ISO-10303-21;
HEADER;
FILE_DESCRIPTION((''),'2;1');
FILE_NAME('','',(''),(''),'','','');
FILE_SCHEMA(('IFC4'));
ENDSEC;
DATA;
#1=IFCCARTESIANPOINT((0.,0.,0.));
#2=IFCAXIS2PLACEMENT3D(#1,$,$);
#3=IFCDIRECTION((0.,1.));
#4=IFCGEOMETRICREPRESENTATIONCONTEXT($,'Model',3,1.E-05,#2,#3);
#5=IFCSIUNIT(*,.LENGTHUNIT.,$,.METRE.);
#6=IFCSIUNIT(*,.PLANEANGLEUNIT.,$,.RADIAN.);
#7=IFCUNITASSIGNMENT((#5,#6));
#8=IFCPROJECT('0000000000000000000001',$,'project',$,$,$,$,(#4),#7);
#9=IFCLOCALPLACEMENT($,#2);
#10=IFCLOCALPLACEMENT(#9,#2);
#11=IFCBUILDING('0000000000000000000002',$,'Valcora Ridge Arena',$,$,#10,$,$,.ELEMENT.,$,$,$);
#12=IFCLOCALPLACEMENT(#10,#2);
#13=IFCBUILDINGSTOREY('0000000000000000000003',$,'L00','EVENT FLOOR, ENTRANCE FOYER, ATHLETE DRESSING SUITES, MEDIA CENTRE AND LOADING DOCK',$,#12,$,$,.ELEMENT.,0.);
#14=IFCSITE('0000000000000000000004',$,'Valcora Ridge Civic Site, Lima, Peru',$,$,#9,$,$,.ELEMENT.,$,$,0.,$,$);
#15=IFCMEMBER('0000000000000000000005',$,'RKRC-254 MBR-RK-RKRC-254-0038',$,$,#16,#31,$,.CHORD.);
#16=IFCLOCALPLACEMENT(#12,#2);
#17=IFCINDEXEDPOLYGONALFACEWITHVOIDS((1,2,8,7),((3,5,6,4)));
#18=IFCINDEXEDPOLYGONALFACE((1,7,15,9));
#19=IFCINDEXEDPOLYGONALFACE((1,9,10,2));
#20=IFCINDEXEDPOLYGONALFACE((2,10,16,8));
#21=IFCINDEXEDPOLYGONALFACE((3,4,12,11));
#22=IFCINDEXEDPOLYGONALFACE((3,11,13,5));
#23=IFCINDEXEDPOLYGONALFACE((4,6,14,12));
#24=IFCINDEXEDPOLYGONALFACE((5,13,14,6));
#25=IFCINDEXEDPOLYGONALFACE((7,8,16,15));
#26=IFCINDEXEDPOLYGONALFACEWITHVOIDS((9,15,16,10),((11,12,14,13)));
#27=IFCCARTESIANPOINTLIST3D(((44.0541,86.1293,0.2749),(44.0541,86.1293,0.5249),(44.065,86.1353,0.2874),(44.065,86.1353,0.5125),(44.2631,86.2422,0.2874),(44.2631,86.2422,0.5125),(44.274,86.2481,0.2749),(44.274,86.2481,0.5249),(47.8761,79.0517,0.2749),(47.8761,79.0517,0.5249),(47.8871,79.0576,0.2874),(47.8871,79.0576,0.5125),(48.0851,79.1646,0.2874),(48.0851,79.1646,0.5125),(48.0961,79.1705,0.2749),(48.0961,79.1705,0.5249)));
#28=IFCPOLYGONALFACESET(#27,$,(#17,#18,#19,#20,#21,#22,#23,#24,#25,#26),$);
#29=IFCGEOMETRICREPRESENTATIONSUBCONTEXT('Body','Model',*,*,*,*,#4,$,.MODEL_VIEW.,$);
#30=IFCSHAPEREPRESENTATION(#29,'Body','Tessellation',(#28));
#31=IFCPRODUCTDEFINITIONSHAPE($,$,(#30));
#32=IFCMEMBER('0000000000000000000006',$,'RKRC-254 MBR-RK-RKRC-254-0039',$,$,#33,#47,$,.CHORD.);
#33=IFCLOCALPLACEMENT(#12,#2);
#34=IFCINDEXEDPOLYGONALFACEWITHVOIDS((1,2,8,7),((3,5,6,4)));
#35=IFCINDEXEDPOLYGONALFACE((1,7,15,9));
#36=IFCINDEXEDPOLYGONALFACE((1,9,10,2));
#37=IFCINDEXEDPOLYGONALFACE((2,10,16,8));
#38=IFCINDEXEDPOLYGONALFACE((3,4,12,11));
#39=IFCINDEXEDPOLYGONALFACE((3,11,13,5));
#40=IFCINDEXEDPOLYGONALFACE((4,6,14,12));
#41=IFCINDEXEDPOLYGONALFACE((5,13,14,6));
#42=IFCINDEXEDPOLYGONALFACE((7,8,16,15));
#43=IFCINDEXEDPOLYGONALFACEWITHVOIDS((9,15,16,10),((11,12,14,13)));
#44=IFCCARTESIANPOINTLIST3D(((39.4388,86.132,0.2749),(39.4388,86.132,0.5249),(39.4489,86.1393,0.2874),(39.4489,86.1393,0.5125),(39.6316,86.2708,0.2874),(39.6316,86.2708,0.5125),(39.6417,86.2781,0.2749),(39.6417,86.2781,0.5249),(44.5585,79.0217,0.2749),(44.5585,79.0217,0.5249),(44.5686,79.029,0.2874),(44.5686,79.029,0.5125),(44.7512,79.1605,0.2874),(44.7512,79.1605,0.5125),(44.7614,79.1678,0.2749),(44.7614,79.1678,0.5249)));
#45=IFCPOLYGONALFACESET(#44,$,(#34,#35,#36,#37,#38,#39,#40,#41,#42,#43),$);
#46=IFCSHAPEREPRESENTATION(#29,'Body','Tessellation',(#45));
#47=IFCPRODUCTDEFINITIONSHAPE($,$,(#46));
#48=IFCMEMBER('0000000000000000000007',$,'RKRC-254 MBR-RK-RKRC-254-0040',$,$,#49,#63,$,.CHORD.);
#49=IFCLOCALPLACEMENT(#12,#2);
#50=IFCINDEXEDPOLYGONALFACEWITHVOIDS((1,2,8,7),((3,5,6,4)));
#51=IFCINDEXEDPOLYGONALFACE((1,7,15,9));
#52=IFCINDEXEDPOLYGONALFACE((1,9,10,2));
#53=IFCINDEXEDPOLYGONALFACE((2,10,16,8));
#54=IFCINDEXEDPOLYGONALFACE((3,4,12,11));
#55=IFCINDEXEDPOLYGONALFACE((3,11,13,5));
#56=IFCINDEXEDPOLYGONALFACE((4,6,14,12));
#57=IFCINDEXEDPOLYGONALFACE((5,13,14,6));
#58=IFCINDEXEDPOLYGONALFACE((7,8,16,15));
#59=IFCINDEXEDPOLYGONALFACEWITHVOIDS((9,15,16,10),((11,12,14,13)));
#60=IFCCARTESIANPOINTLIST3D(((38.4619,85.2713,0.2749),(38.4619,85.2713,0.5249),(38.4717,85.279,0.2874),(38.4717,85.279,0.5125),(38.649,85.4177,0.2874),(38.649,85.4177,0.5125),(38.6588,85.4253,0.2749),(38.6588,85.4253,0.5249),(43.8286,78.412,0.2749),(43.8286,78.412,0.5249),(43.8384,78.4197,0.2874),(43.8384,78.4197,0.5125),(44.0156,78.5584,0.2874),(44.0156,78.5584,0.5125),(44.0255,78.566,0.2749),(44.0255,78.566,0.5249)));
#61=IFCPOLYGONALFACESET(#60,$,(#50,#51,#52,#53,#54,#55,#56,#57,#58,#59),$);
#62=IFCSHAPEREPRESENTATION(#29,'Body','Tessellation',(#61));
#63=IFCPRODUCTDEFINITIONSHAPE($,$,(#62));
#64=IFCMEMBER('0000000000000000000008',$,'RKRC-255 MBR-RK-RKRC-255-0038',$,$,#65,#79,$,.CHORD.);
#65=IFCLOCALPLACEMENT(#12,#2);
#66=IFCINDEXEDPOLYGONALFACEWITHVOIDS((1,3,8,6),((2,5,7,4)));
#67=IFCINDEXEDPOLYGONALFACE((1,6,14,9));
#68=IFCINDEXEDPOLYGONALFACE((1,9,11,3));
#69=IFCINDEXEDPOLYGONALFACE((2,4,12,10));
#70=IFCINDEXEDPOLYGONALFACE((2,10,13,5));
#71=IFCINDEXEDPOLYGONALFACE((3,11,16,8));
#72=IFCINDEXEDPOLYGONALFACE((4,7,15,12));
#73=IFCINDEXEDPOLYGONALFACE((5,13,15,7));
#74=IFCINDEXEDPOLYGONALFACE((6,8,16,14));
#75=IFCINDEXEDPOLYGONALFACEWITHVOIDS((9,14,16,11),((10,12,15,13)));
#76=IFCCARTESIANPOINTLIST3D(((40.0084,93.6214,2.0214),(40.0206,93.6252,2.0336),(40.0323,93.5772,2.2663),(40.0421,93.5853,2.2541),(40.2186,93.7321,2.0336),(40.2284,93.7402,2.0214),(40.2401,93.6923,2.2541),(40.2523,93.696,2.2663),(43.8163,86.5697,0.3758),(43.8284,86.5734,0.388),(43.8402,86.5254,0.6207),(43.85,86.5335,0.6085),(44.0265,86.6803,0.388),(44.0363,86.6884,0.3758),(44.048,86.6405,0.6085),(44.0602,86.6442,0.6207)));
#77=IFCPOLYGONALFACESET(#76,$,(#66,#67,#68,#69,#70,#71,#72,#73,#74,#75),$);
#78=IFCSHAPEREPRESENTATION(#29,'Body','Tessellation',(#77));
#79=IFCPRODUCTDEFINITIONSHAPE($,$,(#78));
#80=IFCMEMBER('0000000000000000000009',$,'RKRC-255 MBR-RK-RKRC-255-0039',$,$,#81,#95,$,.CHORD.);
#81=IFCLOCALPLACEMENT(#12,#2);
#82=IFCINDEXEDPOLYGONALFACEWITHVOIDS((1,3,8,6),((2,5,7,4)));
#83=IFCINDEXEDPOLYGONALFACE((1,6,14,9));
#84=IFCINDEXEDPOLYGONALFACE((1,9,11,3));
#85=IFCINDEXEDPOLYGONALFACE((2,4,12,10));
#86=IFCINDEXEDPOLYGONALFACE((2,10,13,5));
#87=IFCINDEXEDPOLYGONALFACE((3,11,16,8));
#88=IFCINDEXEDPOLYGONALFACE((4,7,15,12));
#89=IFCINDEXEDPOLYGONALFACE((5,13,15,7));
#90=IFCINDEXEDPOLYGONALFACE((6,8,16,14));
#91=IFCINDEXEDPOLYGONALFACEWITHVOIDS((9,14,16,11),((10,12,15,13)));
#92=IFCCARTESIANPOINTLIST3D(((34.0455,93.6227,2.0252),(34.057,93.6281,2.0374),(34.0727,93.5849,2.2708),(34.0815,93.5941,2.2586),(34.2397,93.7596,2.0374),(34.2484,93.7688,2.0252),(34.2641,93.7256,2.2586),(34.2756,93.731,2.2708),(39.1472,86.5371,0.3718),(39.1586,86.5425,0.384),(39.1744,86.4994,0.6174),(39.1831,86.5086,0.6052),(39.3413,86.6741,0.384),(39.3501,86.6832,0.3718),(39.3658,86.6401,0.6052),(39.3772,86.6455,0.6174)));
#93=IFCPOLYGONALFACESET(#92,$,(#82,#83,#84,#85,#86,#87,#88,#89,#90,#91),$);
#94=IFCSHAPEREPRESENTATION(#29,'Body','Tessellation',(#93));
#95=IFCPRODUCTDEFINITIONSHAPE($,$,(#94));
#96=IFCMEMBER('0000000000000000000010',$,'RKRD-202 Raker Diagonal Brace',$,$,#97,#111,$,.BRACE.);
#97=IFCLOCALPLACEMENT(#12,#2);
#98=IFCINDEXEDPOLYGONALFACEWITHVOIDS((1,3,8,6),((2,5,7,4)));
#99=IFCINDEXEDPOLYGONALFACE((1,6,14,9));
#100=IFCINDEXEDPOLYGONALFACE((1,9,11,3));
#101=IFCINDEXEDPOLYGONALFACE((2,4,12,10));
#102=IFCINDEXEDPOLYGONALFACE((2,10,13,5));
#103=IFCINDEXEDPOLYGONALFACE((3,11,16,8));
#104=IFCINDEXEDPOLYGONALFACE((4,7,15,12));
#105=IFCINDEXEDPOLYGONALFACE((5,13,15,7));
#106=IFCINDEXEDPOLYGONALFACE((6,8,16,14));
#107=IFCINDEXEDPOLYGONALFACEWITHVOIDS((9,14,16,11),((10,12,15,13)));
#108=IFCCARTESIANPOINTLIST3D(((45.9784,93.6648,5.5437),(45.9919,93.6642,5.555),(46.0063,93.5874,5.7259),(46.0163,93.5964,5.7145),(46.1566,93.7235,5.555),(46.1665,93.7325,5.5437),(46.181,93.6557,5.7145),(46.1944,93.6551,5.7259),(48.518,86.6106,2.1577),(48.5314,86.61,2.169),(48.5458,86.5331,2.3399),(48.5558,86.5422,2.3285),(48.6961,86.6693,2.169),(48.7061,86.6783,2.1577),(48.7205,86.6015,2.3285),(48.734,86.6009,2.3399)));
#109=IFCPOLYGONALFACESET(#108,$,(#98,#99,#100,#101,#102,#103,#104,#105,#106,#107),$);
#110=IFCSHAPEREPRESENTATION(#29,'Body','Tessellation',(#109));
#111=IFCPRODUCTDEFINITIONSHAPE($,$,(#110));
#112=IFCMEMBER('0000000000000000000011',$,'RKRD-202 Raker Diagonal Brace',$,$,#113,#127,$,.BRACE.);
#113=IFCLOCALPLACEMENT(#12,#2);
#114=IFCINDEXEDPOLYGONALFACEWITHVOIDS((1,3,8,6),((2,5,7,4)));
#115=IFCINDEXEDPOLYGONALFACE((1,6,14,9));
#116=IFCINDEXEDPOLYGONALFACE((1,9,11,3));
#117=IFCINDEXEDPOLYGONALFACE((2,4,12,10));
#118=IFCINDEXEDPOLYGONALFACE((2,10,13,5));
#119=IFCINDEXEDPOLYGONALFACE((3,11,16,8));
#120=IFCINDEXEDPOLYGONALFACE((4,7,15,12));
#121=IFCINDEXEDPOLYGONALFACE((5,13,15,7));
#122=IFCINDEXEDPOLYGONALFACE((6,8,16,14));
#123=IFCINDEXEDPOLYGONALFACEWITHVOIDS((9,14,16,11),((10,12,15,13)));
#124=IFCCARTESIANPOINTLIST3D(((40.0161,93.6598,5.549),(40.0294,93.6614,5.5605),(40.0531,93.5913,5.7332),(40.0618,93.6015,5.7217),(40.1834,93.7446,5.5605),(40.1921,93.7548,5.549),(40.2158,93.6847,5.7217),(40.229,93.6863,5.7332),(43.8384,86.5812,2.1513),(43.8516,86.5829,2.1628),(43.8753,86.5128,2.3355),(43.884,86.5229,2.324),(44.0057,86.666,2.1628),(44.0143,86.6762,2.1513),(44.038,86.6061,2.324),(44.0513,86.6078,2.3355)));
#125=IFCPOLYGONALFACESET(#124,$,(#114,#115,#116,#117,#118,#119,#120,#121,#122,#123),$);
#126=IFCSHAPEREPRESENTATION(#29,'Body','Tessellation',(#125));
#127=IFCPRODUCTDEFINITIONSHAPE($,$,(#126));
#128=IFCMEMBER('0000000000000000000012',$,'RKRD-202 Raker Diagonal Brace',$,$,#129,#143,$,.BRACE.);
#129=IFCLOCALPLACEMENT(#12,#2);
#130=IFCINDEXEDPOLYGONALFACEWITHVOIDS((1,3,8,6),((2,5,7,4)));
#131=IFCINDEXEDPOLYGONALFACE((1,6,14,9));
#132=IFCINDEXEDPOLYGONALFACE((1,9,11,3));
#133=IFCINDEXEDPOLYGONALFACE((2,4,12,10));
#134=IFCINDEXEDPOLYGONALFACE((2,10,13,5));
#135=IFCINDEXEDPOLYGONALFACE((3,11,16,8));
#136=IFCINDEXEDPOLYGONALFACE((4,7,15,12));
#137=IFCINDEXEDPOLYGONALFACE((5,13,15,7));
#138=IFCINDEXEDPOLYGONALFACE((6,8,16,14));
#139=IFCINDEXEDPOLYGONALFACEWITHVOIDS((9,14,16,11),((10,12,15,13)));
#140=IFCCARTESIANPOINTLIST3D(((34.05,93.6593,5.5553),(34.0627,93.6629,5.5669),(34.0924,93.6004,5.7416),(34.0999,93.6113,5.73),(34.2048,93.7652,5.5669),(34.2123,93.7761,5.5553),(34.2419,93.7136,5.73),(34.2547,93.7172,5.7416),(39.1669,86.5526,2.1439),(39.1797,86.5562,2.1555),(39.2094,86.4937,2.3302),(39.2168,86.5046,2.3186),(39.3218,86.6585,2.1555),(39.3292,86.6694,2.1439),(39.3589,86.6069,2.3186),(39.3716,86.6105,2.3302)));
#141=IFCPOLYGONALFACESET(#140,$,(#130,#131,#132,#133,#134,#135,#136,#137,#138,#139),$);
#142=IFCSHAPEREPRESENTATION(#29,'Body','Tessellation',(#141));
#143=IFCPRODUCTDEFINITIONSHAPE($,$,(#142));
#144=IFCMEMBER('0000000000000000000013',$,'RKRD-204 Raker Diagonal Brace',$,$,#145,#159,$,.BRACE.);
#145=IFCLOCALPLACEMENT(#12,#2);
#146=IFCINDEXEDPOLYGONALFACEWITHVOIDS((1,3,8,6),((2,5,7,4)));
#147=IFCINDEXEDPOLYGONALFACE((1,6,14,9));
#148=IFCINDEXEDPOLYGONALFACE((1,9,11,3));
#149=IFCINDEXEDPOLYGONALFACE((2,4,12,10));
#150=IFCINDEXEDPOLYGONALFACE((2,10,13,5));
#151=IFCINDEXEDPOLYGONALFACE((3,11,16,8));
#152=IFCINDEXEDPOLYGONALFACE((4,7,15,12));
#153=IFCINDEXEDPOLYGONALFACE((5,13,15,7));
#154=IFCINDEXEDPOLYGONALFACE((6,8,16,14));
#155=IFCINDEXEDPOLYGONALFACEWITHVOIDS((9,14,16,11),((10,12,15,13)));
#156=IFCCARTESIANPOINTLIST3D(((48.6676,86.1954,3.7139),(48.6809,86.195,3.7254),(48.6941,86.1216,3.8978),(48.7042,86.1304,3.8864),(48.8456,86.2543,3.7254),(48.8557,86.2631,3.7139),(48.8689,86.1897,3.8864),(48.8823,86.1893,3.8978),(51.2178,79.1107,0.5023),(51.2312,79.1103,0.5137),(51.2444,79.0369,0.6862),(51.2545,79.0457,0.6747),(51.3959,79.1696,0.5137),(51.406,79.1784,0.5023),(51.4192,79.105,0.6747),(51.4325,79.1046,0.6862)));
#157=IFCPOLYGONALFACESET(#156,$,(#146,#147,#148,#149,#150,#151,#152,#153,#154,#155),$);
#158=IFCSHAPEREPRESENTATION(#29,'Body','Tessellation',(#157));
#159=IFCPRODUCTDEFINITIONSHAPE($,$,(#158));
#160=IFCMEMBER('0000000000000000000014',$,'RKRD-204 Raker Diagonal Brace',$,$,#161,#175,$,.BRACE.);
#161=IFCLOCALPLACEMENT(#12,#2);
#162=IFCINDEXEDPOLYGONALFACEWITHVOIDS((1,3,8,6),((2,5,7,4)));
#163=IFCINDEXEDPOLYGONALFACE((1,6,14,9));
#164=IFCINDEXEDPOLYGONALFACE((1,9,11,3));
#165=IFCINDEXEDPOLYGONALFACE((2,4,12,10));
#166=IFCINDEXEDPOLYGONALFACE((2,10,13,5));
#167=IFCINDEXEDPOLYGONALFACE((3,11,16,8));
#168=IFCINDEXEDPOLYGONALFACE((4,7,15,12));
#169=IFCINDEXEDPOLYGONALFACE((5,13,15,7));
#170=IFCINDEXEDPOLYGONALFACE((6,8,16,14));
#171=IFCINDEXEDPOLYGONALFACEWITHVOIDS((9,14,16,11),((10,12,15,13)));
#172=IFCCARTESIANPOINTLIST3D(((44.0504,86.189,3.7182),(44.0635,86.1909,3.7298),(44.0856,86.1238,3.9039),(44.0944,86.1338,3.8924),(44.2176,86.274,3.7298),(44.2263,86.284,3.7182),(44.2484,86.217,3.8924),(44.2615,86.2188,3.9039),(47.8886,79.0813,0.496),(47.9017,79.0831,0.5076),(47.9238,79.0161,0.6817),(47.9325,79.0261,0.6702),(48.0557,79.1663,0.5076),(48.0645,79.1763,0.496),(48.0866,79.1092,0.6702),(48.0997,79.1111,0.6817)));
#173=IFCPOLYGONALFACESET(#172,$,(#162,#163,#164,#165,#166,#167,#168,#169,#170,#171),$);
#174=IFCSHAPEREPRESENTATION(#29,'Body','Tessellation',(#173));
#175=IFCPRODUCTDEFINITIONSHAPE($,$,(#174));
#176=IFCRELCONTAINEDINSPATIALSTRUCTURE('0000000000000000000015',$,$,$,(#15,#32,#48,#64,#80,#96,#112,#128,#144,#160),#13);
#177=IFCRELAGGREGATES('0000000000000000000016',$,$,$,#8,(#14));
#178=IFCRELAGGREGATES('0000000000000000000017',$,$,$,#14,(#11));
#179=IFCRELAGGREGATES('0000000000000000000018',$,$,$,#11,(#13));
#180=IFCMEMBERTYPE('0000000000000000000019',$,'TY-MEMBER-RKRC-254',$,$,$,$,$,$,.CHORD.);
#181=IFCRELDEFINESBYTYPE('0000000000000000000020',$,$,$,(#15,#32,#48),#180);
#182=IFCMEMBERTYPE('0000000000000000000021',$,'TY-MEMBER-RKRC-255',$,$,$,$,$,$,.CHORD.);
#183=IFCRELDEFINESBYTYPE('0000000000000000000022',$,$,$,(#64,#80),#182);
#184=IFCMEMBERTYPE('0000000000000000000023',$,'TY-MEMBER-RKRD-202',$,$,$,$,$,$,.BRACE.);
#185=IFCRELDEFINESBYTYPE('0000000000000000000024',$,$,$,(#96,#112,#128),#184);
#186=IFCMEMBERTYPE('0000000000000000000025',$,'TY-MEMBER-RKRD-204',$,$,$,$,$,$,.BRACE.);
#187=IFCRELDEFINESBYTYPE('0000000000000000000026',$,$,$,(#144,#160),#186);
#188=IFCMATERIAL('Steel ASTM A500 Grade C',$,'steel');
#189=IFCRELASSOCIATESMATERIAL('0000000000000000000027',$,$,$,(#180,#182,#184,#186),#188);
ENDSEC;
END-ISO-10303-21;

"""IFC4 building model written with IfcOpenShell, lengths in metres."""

from ifc_helpers import new_model, si_unit, direction, frame, origin, origin_2d, place, context, subcontext, project, spatial, hollow_rectangle, extrude, material, material_profile, profile_set, type_object, element, save


model = new_model("IFC4")

# Units and contexts
model_context = context("Model", 3, precision=1e-05, world=origin(), true_north=direction((0.0, 1.0)))
body_context = subcontext(model_context, "Body", "Model", "MODEL_VIEW")
ifc_project = project(units=[si_unit("LENGTHUNIT", "METRE"), si_unit("PLANEANGLEUNIT", "RADIAN")], contexts=[model_context])

# Site, building, storey
site_placement = place(None, origin())
site = spatial("IfcSite", under=ifc_project, at=site_placement, Name="Valcora Ridge Civic Site, Lima, Peru", CompositionType="ELEMENT", RefElevation=0.0)
building_placement = place(site_placement, origin())
building = spatial("IfcBuilding", under=site, at=building_placement, Name="Valcora Ridge Arena", CompositionType="ELEMENT")
storey_placement = place(building_placement, origin())
storey = spatial("IfcBuildingStorey", under=building, at=storey_placement, Name="L00", Description="EVENT FLOOR, ENTRANCE FOYER, ATHLETE DRESSING SUITES, MEDIA CENTRE AND LOADING DOCK", CompositionType="ELEMENT", Elevation=0.0)

# Members
ifc_material_1 = material(Name="Steel ASTM A500 Grade C", Category="steel")
ifc_material_profile_1 = material_profile(ifc_material_1, hollow_rectangle(XDim=0.25, YDim=0.25, WallThickness=0.0125, at=origin_2d()), Name="HSS250X250X12")
ifc_profile_set_1 = profile_set([ifc_material_profile_1], Name="Steel ASTM A500 Grade C")
member_type_1 = type_object("IfcMemberType", Name="TY-MEMBER-RKRC-254", PredefinedType="CHORD", material=ifc_profile_set_1)
member_1_placement = place(storey_placement, frame((47.9861, 79.1111, 0.3999), z_axis=(-0.475158, 0.8799, 0.0), x_axis=(-0.8799, -0.475158, 0.0)))
element("IfcMember", 1, at=member_1_placement, inside=storey, type_object=member_type_1, Name="RKRC-254 MBR-RK-RKRC-254-0038", PredefinedType="CHORD", context=body_context, shape_type="SweptSolid", body=[
    extrude(hollow_rectangle(XDim=0.25, YDim=0.25, WallThickness=0.0125, at=origin_2d()), origin(), (0.0, 0.0, 1.0), 8.0437),
])
member_2_placement = place(storey_placement, frame((44.6599, 79.0947, 0.3999), z_axis=(-0.584318, 0.811525, 0.0), x_axis=(-0.811525, -0.584318, 0.0)))
element("IfcMember", 2, at=member_2_placement, inside=storey, type_object=member_type_1, Name="RKRC-254 MBR-RK-RKRC-254-0039", PredefinedType="CHORD", context=body_context, shape_type="SweptSolid", body=[
    extrude(hollow_rectangle(XDim=0.25, YDim=0.25, WallThickness=0.0125, at=origin_2d()), origin(), (0.0, 0.0, 1.0), 8.7617),
])
member_3_placement = place(storey_placement, frame((43.927, 78.489, 0.3999), z_axis=(-0.616201, 0.787589, 0.0), x_axis=(-0.787589, -0.616201, 0.0)))
element("IfcMember", 3, at=member_3_placement, inside=storey, type_object=member_type_1, Name="RKRC-254 MBR-RK-RKRC-254-0040", PredefinedType="CHORD", context=body_context, shape_type="SweptSolid", body=[
    extrude(hollow_rectangle(XDim=0.25, YDim=0.25, WallThickness=0.0125, at=origin_2d()), origin(), (0.0, 0.0, 1.0), 8.7092),
])
ifc_material_profile_2 = material_profile(ifc_material_1, hollow_rectangle(XDim=0.25, YDim=0.25, WallThickness=0.0125, at=origin_2d()), Name="HSS250X250X12")
ifc_profile_set_2 = profile_set([ifc_material_profile_2], Name="Steel ASTM A500 Grade C")
member_type_2 = type_object("IfcMemberType", Name="TY-MEMBER-RKRC-255", PredefinedType="CHORD", material=ifc_profile_set_2)
member_4_placement = place(storey_placement, frame((43.9382, 86.6069, 0.4983), z_axis=(-0.465431, 0.861929, 0.201129), x_axis=(-0.87991, -0.47514, 0.0)))
element("IfcMember", 4, at=member_4_placement, inside=storey, type_object=member_type_2, Name="RKRC-255 MBR-RK-RKRC-255-0038", PredefinedType="CHORD", context=body_context, shape_type="SweptSolid", body=[
    extrude(hollow_rectangle(XDim=0.25, YDim=0.25, WallThickness=0.0125, at=origin_2d()), origin(), (0.0, 0.0, 1.0), 8.1814),
])
member_5_placement = place(storey_placement, frame((39.2622, 86.5913, 0.4946), z_axis=(-0.574105, 0.797362, 0.186057), x_axis=(-0.811532, -0.584308, 0.0)))
element("IfcMember", 5, at=member_5_placement, inside=storey, type_object=member_type_2, Name="RKRC-255 MBR-RK-RKRC-255-0039", PredefinedType="CHORD", context=body_context, shape_type="SweptSolid", body=[
    extrude(hollow_rectangle(XDim=0.25, YDim=0.25, WallThickness=0.0125, at=origin_2d()), origin(), (0.0, 0.0, 1.0), 8.8862),
])
ifc_material_profile_3 = material_profile(ifc_material_1, hollow_rectangle(XDim=0.2, YDim=0.2, WallThickness=0.0125, at=origin_2d()), Name="HSS200X200X12")
ifc_profile_set_3 = profile_set([ifc_material_profile_3], Name="Steel ASTM A500 Grade C")
member_type_3 = type_object("IfcMemberType", Name="TY-MEMBER-RKRD-202", PredefinedType="BRACE", material=ifc_profile_set_3)
member_6_placement = place(storey_placement, frame((48.626, 86.6057, 2.2488), z_axis=(-0.308702, 0.857493, 0.411593), x_axis=(-0.940886, -0.338724, 0.0)))
element("IfcMember", 6, at=member_6_placement, inside=storey, type_object=member_type_3, Name="RKRD-202 Raker Diagonal Brace", PredefinedType="BRACE", context=body_context, shape_type="SweptSolid", body=[
    extrude(hollow_rectangle(XDim=0.2, YDim=0.2, WallThickness=0.0125, at=origin_2d()), origin(), (0.0, 0.0, 1.0), 8.2266),
])
member_7_placement = place(storey_placement, frame((43.9448, 86.5945, 2.2434), z_axis=(-0.437693, 0.810583, 0.389076), x_axis=(-0.879915, -0.475131, 0.0)))
element("IfcMember", 7, at=member_7_placement, inside=storey, type_object=member_type_3, Name="RKRD-202 Raker Diagonal Brace", PredefinedType="BRACE", context=body_context, shape_type="SweptSolid", body=[
    extrude(hollow_rectangle(XDim=0.2, YDim=0.2, WallThickness=0.0125, at=origin_2d()), origin(), (0.0, 0.0, 1.0), 8.7327),
])
member_8_placement = place(storey_placement, frame((39.2693, 86.5815, 2.2371), z_axis=(-0.544462, 0.756178, 0.362983), x_axis=(-0.811527, -0.584314, 0.0)))
element("IfcMember", 8, at=member_8_placement, inside=storey, type_object=member_type_3, Name="RKRD-202 Raker Diagonal Brace", PredefinedType="BRACE", context=body_context, shape_type="SweptSolid", body=[
    extrude(hollow_rectangle(XDim=0.2, YDim=0.2, WallThickness=0.0125, at=origin_2d()), origin(), (0.0, 0.0, 1.0), 9.3982),
])
ifc_material_profile_4 = material_profile(ifc_material_1, hollow_rectangle(XDim=0.2, YDim=0.2, WallThickness=0.0125, at=origin_2d()), Name="HSS200X200X12")
ifc_profile_set_4 = profile_set([ifc_material_profile_4], Name="Steel ASTM A500 Grade C")
member_type_4 = type_object("IfcMemberType", Name="TY-MEMBER-RKRD-204", PredefinedType="BRACE", material=ifc_profile_set_4)
member_9_placement = place(storey_placement, frame((51.3252, 79.1077, 0.5942), z_axis=(-0.31154, 0.865458, 0.392333), x_axis=(-0.940896, -0.338695, 0.0)))
element("IfcMember", 9, at=member_9_placement, inside=storey, type_object=member_type_4, Name="RKRD-204 Raker Diagonal Brace", PredefinedType="BRACE", context=body_context, shape_type="SweptSolid", body=[
    extrude(hollow_rectangle(XDim=0.2, YDim=0.2, WallThickness=0.0125, at=origin_2d()), origin(), (0.0, 0.0, 1.0), 8.186),
])
member_10_placement = place(storey_placement, frame((47.9941, 79.0962, 0.5889), z_axis=(-0.441332, 0.817283, 0.370505), x_axis=(-0.879906, -0.475148, 0.0)))
element("IfcMember", 10, at=member_10_placement, inside=storey, type_object=member_type_4, Name="RKRD-204 Raker Diagonal Brace", PredefinedType="BRACE", context=body_context, shape_type="SweptSolid", body=[
    extrude(hollow_rectangle(XDim=0.2, YDim=0.2, WallThickness=0.0125, at=origin_2d()), origin(), (0.0, 0.0, 1.0), 8.6968),
])

save(model, "model.ifc")
